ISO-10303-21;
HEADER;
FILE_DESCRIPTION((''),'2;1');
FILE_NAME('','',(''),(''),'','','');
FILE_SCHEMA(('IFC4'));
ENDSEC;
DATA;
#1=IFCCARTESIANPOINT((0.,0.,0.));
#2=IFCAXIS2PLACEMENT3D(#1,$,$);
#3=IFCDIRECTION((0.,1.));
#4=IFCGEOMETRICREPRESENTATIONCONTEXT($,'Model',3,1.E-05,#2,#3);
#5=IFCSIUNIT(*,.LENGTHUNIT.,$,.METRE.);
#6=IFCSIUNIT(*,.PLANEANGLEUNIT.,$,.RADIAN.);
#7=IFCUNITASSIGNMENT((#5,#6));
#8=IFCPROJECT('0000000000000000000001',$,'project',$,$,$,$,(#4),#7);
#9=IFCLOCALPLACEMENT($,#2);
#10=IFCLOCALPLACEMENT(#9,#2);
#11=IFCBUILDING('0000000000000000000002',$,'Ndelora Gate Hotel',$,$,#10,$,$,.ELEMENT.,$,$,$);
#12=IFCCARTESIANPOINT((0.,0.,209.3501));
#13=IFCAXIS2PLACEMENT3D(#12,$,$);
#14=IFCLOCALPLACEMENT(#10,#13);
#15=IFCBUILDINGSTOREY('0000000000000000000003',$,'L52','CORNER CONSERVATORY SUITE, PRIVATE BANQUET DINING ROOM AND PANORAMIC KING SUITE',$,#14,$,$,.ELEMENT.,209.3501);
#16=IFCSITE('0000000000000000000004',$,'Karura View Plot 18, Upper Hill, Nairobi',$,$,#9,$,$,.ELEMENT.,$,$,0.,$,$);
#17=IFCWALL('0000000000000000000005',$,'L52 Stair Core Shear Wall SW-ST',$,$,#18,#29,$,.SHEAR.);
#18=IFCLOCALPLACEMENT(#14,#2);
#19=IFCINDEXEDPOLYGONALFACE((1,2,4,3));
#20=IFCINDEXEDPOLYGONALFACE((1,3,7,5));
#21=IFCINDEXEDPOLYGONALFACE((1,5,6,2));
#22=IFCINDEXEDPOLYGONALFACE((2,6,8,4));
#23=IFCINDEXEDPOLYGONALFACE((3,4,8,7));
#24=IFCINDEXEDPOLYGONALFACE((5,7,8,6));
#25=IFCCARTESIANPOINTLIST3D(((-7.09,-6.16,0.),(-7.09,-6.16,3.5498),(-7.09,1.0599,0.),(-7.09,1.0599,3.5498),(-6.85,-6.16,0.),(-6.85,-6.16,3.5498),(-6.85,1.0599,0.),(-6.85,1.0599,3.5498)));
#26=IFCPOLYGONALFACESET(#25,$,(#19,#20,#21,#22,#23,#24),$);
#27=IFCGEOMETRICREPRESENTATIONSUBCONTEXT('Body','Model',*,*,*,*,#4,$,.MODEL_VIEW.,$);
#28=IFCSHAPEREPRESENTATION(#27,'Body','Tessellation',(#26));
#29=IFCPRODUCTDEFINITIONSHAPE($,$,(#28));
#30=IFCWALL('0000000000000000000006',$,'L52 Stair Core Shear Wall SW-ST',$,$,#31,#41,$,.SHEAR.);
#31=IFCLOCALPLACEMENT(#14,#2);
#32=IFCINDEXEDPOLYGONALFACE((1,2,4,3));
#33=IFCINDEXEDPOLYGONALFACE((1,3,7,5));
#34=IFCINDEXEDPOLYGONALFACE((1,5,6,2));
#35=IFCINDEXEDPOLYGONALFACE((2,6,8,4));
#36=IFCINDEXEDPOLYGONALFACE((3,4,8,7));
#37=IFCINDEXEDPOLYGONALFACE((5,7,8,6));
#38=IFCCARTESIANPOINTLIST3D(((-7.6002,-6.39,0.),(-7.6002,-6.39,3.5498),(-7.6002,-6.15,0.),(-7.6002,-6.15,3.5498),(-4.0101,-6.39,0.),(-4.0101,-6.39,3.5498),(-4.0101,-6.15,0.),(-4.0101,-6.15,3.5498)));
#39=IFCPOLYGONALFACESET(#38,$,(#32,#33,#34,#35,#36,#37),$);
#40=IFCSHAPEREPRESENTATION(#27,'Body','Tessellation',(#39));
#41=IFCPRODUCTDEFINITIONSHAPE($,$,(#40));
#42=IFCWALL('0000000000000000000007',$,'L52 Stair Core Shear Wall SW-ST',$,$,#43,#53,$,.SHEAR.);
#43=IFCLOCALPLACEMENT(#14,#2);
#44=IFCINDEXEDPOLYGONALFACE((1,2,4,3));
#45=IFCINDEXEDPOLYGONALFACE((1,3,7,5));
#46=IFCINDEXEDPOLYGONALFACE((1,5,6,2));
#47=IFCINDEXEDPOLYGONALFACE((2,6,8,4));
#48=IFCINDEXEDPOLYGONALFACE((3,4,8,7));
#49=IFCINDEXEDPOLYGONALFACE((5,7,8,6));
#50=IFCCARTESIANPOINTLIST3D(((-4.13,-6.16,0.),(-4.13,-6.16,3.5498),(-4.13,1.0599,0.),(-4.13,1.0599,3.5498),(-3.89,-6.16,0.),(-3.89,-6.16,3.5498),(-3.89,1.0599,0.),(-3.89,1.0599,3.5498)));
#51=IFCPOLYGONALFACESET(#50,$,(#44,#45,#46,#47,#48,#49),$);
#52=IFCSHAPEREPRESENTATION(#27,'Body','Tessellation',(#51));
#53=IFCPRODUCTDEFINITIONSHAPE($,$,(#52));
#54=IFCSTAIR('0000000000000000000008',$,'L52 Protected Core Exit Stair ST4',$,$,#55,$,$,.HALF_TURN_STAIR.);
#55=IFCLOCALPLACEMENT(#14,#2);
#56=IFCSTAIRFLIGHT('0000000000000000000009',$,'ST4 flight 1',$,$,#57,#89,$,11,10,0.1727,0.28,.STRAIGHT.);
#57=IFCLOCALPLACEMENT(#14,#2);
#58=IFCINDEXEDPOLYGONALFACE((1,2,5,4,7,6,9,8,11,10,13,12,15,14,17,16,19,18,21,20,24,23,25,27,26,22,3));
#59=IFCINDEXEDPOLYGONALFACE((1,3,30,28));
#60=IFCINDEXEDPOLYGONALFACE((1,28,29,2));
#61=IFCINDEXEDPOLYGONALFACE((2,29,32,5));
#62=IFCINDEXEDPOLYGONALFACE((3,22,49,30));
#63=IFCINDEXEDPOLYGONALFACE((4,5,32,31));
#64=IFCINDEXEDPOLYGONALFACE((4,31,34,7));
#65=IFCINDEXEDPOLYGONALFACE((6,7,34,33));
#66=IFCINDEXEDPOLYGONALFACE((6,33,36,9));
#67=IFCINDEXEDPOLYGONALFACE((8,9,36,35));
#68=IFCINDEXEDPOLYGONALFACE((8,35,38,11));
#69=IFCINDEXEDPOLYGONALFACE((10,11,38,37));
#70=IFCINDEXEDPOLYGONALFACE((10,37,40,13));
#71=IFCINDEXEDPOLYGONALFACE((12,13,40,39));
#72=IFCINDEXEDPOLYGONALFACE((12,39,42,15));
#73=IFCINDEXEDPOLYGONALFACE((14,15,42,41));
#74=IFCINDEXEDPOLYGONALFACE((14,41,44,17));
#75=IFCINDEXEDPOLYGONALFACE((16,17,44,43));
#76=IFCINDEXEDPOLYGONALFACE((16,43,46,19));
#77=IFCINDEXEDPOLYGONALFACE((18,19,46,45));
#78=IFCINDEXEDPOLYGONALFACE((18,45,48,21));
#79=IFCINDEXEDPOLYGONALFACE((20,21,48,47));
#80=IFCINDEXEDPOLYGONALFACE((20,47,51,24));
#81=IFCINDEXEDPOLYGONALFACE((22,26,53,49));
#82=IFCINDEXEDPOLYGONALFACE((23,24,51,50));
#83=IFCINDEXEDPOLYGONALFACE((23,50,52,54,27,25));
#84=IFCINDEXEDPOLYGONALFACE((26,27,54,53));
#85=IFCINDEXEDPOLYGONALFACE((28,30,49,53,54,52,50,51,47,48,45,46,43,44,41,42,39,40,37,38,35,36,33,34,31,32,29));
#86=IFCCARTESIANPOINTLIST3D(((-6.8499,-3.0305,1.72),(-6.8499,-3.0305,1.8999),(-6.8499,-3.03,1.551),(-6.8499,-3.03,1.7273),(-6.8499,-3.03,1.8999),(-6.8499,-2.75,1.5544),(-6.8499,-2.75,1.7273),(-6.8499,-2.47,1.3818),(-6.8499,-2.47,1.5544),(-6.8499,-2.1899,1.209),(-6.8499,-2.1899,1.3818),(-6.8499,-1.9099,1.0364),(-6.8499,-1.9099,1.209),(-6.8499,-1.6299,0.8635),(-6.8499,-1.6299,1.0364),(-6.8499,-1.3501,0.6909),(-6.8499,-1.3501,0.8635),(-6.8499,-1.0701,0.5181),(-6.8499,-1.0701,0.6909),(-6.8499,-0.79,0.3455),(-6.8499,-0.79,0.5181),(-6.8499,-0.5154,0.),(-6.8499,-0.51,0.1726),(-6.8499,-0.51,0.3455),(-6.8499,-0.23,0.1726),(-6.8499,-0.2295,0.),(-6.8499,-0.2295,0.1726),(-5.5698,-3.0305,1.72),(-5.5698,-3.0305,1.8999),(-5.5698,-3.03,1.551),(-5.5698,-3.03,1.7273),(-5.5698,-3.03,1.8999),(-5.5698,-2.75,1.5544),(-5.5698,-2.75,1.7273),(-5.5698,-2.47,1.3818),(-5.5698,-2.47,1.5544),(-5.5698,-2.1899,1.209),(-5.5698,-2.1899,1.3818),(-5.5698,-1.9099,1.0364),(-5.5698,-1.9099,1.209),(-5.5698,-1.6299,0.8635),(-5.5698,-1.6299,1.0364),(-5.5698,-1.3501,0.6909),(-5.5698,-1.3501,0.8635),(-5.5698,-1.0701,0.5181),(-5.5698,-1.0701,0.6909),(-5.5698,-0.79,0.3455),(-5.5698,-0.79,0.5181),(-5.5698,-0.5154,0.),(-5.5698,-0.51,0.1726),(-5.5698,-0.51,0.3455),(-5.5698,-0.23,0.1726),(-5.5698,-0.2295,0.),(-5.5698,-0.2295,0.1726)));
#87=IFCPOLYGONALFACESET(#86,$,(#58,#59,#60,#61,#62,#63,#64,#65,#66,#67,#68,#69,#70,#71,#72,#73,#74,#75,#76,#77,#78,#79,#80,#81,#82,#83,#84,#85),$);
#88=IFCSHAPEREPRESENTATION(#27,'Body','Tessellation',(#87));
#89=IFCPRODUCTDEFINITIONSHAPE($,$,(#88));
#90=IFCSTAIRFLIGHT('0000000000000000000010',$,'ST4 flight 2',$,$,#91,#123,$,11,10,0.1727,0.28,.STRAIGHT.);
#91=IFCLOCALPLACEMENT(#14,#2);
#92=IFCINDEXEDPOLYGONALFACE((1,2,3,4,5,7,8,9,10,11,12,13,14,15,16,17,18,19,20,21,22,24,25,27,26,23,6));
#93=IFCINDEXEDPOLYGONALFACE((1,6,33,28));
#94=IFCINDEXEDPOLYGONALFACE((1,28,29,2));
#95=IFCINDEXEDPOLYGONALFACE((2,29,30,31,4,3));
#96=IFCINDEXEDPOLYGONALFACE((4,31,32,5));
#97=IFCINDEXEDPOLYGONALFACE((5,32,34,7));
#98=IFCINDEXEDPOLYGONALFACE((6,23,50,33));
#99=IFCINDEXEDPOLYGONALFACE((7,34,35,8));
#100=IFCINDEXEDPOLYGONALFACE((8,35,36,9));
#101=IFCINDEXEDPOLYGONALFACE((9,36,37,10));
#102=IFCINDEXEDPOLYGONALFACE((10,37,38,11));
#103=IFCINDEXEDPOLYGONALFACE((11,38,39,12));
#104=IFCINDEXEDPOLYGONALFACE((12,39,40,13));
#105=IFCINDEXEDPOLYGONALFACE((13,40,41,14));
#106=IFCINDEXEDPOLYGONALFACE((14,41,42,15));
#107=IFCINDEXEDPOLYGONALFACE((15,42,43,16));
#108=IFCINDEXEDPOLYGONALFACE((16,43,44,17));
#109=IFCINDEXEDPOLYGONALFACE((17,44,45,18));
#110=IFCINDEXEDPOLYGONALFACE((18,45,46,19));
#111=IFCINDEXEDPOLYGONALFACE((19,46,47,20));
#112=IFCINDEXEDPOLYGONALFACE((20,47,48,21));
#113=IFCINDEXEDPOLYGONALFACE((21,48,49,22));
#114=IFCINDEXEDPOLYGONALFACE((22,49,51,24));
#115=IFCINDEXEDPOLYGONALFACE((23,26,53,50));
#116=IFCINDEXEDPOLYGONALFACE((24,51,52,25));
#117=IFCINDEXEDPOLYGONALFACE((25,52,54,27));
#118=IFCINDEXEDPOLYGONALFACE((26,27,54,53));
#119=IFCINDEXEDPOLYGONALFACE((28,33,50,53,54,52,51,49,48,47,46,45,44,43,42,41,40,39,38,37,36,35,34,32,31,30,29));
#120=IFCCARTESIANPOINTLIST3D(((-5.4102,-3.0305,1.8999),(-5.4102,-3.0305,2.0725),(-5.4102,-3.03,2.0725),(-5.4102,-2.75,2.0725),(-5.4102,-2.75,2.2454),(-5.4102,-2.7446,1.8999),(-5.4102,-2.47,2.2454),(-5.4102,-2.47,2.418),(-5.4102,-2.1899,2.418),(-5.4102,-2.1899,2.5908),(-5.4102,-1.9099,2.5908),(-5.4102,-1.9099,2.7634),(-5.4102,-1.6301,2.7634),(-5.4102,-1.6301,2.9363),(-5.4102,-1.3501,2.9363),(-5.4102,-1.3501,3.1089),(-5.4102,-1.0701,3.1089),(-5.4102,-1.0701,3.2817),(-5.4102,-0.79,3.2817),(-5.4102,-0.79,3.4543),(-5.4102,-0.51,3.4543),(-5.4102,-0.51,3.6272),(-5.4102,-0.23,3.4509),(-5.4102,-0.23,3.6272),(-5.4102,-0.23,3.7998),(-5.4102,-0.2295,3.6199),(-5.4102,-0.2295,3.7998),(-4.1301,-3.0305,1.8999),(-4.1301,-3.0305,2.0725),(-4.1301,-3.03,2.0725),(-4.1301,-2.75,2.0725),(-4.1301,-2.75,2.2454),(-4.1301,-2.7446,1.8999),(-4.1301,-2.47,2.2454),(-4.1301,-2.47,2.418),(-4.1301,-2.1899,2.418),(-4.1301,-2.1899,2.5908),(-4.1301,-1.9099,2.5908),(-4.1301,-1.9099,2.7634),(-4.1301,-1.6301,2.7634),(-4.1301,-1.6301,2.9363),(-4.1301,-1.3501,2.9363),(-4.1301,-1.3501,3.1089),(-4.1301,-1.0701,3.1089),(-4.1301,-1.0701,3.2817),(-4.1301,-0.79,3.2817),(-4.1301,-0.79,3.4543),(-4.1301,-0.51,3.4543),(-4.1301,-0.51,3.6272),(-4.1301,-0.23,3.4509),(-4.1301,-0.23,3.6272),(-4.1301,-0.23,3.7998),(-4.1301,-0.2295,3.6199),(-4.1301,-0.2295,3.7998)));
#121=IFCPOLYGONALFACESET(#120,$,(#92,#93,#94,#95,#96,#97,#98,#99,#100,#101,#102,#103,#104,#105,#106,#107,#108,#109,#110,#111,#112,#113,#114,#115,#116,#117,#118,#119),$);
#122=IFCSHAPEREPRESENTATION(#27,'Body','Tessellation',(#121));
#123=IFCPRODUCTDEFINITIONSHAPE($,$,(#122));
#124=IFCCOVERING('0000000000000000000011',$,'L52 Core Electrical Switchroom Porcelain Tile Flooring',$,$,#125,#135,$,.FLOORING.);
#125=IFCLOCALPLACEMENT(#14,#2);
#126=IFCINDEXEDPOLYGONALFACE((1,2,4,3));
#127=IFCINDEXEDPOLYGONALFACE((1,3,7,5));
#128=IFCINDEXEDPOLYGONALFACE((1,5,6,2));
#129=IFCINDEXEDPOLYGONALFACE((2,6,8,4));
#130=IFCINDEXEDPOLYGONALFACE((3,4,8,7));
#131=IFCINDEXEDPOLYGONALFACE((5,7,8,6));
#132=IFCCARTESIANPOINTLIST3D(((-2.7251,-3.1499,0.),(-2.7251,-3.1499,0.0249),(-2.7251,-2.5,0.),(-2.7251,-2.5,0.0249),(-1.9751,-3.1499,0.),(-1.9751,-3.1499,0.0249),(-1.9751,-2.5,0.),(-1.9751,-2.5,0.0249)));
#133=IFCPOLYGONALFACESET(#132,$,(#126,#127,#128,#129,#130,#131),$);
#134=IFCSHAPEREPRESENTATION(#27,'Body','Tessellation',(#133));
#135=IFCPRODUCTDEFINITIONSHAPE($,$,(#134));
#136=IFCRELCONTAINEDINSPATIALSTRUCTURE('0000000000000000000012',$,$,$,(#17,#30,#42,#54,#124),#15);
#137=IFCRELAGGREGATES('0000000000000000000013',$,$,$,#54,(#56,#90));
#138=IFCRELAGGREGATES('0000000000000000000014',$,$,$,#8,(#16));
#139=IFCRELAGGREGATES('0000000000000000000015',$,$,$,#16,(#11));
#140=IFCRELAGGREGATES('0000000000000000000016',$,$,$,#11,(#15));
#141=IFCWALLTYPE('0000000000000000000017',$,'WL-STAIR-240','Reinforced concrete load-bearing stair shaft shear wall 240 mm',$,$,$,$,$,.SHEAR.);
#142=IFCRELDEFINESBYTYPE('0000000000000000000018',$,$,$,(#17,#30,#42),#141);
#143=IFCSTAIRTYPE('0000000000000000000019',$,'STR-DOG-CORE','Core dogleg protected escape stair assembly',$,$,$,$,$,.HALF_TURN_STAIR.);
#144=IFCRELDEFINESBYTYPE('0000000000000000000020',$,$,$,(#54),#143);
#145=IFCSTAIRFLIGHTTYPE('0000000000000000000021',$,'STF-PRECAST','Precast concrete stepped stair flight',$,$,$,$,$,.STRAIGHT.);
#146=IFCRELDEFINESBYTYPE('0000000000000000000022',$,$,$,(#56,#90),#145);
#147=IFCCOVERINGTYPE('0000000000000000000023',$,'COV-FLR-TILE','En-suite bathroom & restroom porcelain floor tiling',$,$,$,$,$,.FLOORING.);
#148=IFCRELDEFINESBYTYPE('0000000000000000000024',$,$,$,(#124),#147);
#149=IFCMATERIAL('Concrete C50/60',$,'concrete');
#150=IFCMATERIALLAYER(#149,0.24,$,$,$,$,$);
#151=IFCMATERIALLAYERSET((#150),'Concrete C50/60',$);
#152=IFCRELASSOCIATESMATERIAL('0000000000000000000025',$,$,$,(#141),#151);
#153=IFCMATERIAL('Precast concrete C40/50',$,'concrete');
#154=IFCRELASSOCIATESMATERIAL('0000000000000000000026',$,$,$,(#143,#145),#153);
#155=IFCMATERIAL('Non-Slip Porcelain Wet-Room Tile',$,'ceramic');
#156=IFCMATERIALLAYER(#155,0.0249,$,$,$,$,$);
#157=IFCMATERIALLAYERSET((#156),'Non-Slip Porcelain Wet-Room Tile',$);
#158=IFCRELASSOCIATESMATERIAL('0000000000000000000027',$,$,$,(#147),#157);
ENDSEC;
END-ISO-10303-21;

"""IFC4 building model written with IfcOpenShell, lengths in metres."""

from ifc_helpers import new_model, si_unit, direction, frame, frame_2d, origin, origin_2d, place, context, subcontext, project, spatial, polyline, rectangle, outline, extrude, material, layer, layer_set, type_object, element, aggregate, save


model = new_model("IFC4")

# Units and contexts
model_context = context("Model", 3, precision=1e-05, world=origin(), true_north=direction((0.0, 1.0)))
body_context = subcontext(model_context, "Body", "Model", "MODEL_VIEW")
ifc_project = project(units=[si_unit("LENGTHUNIT", "METRE"), si_unit("PLANEANGLEUNIT", "RADIAN")], contexts=[model_context])

# Site, building, storey
site_placement = place(None, origin())
site = spatial("IfcSite", under=ifc_project, at=site_placement, Name="Karura View Plot 18, Upper Hill, Nairobi", CompositionType="ELEMENT", RefElevation=0.0)
building_placement = place(site_placement, origin())
building = spatial("IfcBuilding", under=site, at=building_placement, Name="Ndelora Gate Hotel", CompositionType="ELEMENT")
storey_placement = place(building_placement, frame((0.0, 0.0, 209.3501)))
storey = spatial("IfcBuildingStorey", under=building, at=storey_placement, Name="L52", Description="CORNER CONSERVATORY SUITE, PRIVATE BANQUET DINING ROOM AND PANORAMIC KING SUITE", CompositionType="ELEMENT", Elevation=209.3501)

# Shared definitions
ifc_material_1 = material(Name="Concrete C50/60", Category="concrete")

# Walls
ifc_layer_1 = layer(ifc_material_1, 0.24)
ifc_layer_set_1 = layer_set([ifc_layer_1], Name="Concrete C50/60")
wall_type_1 = type_object("IfcWallType", Name="WL-STAIR-240", Description="Reinforced concrete load-bearing stair shaft shear wall 240 mm", PredefinedType="SHEAR", material=ifc_layer_set_1)
wall_1_placement = place(storey_placement, frame((-6.97, -6.1599, 0.0), z_axis=(0.0, 0.0, 1.0), x_axis=(0.0, 1.0, 0.0)))
element("IfcWall", 1, at=wall_1_placement, inside=storey, type_object=wall_type_1, Name="L52 Stair Core Shear Wall SW-ST", PredefinedType="SHEAR", context=body_context, shape_type="SweptSolid", body=[
    extrude(rectangle(XDim=7.22, YDim=0.24, at=frame_2d((3.6099, 0.0))), origin(), (0.0, 0.0, 1.0), 3.5498),
])
wall_2_placement = place(storey_placement, frame((-7.6001, -6.27, 0.0), z_axis=(0.0, 0.0, 1.0), x_axis=(1.0, 0.0, 0.0)))
element("IfcWall", 2, at=wall_2_placement, inside=storey, type_object=wall_type_1, Name="L52 Stair Core Shear Wall SW-ST", PredefinedType="SHEAR", context=body_context, shape_type="SweptSolid", body=[
    extrude(rectangle(XDim=3.5901, YDim=0.24, at=frame_2d((1.7949, 0.0))), origin(), (0.0, 0.0, 1.0), 3.5498),
])
wall_3_placement = place(storey_placement, frame((-4.01, -6.1599, 0.0), z_axis=(0.0, 0.0, 1.0), x_axis=(0.0, 1.0, 0.0)))
element("IfcWall", 3, at=wall_3_placement, inside=storey, type_object=wall_type_1, Name="L52 Stair Core Shear Wall SW-ST", PredefinedType="SHEAR", context=body_context, shape_type="SweptSolid", body=[
    extrude(rectangle(XDim=7.22, YDim=0.24, at=frame_2d((3.6099, 0.0))), origin(), (0.0, 0.0, 1.0), 3.5498),
])

# Stair, stair flights
ifc_material_2 = material(Name="Precast concrete C40/50", Category="concrete")
stair_type = type_object("IfcStairType", Name="STR-DOG-CORE", Description="Core dogleg protected escape stair assembly", PredefinedType="HALF_TURN_STAIR", material=ifc_material_2)
stair_placement = place(storey_placement, origin())
stair = element("IfcStair", 4, at=stair_placement, inside=storey, type_object=stair_type, Name="L52 Protected Core Exit Stair ST4", PredefinedType="HALF_TURN_STAIR")
stair_flight_type = type_object("IfcStairFlightType", Name="STF-PRECAST", Description="Precast concrete stepped stair flight", PredefinedType="STRAIGHT", material=ifc_material_2)
stair_flight_1_placement = place(storey_placement, frame((-6.21, -0.23, 0.0), z_axis=(0.0, 0.0, 1.0), x_axis=(0.0, -1.0, 0.0)))
stair_flight_1 = element("IfcStairFlight", 5, at=stair_flight_1_placement, type_object=stair_flight_type, Name="ST4 flight 1", NumberOfRisers=11, NumberOfTreads=10, PredefinedType="STRAIGHT", RiserHeight=0.1727, TreadLength=0.28, context=body_context, shape_type="SweptSolid", body=[
    extrude(outline(polyline([(-0.0005, 0.0), (-0.0005, 0.1726), (0.0, 0.1726), (0.28, 0.1726), (0.28, 0.3455), (0.5601, 0.3455), (0.5601, 0.5181), (0.8401, 0.5181), (0.8401, 0.6909), (1.1201, 0.6909), (1.1201, 0.8635), (1.3999, 0.8635), (1.3999, 1.0364), (1.6799, 1.0364), (1.6799, 1.209), (1.96, 1.209), (1.96, 1.3818), (2.24, 1.3818), (2.24, 1.5544), (2.52, 1.5544), (2.52, 1.7273), (2.8, 1.7273), (2.8, 1.8999), (2.8005, 1.8999), (2.8005, 1.72), (2.8, 1.551), (0.2854, 0.0), (-0.0005, 0.0)])), frame((0.0, 0.6401, 0.0), z_axis=(0.0, -1.0, 0.0), x_axis=(1.0, 0.0, 0.0)), (0.0, 0.0, 1.0), 1.28),
])
stair_flight_2_placement = place(storey_placement, frame((-4.77, -3.03, 1.8999), z_axis=(0.0, 0.0, 1.0), x_axis=(0.0, 1.0, 0.0)))
stair_flight_2 = element("IfcStairFlight", 6, at=stair_flight_2_placement, type_object=stair_flight_type, Name="ST4 flight 2", NumberOfRisers=11, NumberOfTreads=10, PredefinedType="STRAIGHT", RiserHeight=0.1727, TreadLength=0.28, context=body_context, shape_type="SweptSolid", body=[
    extrude(outline(polyline([(-0.0005, 0.0), (-0.0005, 0.1726), (0.0, 0.1726), (0.28, 0.1726), (0.28, 0.3455), (0.5601, 0.3455), (0.5601, 0.5181), (0.8401, 0.5181), (0.8401, 0.6909), (1.1201, 0.6909), (1.1201, 0.8635), (1.3999, 0.8635), (1.3999, 1.0364), (1.6799, 1.0364), (1.6799, 1.209), (1.96, 1.209), (1.96, 1.3818), (2.24, 1.3818), (2.24, 1.5544), (2.52, 1.5544), (2.52, 1.7273), (2.8, 1.7273), (2.8, 1.8999), (2.8005, 1.8999), (2.8005, 1.72), (2.8, 1.551), (0.2854, 0.0), (-0.0005, 0.0)])), frame((0.0, 0.6401, 0.0), z_axis=(0.0, -1.0, 0.0), x_axis=(1.0, 0.0, 0.0)), (0.0, 0.0, 1.0), 1.28),
])
aggregate(stair, [stair_flight_1, stair_flight_2])

# Covering
ifc_material_3 = material(Name="Non-Slip Porcelain Wet-Room Tile", Category="ceramic")
ifc_layer_2 = layer(ifc_material_3, 0.0249)
ifc_layer_set_2 = layer_set([ifc_layer_2], Name="Non-Slip Porcelain Wet-Room Tile")
covering_type = type_object("IfcCoveringType", Name="COV-FLR-TILE", Description="En-suite bathroom & restroom porcelain floor tiling", PredefinedType="FLOORING", material=ifc_layer_set_2)
covering_placement = place(storey_placement, frame((-2.3501, -2.825, 0.0), z_axis=(0.0, 0.0, 1.0), x_axis=(1.0, 0.0, 0.0)))
element("IfcCovering", 7, at=covering_placement, inside=storey, type_object=covering_type, Name="L52 Core Electrical Switchroom Porcelain Tile Flooring", PredefinedType="FLOORING", context=body_context, shape_type="SweptSolid", body=[
    extrude(rectangle(XDim=0.75, YDim=0.6499, at=origin_2d()), origin(), (0.0, 0.0, 1.0), 0.0249),
])

save(model, "model.ifc")
